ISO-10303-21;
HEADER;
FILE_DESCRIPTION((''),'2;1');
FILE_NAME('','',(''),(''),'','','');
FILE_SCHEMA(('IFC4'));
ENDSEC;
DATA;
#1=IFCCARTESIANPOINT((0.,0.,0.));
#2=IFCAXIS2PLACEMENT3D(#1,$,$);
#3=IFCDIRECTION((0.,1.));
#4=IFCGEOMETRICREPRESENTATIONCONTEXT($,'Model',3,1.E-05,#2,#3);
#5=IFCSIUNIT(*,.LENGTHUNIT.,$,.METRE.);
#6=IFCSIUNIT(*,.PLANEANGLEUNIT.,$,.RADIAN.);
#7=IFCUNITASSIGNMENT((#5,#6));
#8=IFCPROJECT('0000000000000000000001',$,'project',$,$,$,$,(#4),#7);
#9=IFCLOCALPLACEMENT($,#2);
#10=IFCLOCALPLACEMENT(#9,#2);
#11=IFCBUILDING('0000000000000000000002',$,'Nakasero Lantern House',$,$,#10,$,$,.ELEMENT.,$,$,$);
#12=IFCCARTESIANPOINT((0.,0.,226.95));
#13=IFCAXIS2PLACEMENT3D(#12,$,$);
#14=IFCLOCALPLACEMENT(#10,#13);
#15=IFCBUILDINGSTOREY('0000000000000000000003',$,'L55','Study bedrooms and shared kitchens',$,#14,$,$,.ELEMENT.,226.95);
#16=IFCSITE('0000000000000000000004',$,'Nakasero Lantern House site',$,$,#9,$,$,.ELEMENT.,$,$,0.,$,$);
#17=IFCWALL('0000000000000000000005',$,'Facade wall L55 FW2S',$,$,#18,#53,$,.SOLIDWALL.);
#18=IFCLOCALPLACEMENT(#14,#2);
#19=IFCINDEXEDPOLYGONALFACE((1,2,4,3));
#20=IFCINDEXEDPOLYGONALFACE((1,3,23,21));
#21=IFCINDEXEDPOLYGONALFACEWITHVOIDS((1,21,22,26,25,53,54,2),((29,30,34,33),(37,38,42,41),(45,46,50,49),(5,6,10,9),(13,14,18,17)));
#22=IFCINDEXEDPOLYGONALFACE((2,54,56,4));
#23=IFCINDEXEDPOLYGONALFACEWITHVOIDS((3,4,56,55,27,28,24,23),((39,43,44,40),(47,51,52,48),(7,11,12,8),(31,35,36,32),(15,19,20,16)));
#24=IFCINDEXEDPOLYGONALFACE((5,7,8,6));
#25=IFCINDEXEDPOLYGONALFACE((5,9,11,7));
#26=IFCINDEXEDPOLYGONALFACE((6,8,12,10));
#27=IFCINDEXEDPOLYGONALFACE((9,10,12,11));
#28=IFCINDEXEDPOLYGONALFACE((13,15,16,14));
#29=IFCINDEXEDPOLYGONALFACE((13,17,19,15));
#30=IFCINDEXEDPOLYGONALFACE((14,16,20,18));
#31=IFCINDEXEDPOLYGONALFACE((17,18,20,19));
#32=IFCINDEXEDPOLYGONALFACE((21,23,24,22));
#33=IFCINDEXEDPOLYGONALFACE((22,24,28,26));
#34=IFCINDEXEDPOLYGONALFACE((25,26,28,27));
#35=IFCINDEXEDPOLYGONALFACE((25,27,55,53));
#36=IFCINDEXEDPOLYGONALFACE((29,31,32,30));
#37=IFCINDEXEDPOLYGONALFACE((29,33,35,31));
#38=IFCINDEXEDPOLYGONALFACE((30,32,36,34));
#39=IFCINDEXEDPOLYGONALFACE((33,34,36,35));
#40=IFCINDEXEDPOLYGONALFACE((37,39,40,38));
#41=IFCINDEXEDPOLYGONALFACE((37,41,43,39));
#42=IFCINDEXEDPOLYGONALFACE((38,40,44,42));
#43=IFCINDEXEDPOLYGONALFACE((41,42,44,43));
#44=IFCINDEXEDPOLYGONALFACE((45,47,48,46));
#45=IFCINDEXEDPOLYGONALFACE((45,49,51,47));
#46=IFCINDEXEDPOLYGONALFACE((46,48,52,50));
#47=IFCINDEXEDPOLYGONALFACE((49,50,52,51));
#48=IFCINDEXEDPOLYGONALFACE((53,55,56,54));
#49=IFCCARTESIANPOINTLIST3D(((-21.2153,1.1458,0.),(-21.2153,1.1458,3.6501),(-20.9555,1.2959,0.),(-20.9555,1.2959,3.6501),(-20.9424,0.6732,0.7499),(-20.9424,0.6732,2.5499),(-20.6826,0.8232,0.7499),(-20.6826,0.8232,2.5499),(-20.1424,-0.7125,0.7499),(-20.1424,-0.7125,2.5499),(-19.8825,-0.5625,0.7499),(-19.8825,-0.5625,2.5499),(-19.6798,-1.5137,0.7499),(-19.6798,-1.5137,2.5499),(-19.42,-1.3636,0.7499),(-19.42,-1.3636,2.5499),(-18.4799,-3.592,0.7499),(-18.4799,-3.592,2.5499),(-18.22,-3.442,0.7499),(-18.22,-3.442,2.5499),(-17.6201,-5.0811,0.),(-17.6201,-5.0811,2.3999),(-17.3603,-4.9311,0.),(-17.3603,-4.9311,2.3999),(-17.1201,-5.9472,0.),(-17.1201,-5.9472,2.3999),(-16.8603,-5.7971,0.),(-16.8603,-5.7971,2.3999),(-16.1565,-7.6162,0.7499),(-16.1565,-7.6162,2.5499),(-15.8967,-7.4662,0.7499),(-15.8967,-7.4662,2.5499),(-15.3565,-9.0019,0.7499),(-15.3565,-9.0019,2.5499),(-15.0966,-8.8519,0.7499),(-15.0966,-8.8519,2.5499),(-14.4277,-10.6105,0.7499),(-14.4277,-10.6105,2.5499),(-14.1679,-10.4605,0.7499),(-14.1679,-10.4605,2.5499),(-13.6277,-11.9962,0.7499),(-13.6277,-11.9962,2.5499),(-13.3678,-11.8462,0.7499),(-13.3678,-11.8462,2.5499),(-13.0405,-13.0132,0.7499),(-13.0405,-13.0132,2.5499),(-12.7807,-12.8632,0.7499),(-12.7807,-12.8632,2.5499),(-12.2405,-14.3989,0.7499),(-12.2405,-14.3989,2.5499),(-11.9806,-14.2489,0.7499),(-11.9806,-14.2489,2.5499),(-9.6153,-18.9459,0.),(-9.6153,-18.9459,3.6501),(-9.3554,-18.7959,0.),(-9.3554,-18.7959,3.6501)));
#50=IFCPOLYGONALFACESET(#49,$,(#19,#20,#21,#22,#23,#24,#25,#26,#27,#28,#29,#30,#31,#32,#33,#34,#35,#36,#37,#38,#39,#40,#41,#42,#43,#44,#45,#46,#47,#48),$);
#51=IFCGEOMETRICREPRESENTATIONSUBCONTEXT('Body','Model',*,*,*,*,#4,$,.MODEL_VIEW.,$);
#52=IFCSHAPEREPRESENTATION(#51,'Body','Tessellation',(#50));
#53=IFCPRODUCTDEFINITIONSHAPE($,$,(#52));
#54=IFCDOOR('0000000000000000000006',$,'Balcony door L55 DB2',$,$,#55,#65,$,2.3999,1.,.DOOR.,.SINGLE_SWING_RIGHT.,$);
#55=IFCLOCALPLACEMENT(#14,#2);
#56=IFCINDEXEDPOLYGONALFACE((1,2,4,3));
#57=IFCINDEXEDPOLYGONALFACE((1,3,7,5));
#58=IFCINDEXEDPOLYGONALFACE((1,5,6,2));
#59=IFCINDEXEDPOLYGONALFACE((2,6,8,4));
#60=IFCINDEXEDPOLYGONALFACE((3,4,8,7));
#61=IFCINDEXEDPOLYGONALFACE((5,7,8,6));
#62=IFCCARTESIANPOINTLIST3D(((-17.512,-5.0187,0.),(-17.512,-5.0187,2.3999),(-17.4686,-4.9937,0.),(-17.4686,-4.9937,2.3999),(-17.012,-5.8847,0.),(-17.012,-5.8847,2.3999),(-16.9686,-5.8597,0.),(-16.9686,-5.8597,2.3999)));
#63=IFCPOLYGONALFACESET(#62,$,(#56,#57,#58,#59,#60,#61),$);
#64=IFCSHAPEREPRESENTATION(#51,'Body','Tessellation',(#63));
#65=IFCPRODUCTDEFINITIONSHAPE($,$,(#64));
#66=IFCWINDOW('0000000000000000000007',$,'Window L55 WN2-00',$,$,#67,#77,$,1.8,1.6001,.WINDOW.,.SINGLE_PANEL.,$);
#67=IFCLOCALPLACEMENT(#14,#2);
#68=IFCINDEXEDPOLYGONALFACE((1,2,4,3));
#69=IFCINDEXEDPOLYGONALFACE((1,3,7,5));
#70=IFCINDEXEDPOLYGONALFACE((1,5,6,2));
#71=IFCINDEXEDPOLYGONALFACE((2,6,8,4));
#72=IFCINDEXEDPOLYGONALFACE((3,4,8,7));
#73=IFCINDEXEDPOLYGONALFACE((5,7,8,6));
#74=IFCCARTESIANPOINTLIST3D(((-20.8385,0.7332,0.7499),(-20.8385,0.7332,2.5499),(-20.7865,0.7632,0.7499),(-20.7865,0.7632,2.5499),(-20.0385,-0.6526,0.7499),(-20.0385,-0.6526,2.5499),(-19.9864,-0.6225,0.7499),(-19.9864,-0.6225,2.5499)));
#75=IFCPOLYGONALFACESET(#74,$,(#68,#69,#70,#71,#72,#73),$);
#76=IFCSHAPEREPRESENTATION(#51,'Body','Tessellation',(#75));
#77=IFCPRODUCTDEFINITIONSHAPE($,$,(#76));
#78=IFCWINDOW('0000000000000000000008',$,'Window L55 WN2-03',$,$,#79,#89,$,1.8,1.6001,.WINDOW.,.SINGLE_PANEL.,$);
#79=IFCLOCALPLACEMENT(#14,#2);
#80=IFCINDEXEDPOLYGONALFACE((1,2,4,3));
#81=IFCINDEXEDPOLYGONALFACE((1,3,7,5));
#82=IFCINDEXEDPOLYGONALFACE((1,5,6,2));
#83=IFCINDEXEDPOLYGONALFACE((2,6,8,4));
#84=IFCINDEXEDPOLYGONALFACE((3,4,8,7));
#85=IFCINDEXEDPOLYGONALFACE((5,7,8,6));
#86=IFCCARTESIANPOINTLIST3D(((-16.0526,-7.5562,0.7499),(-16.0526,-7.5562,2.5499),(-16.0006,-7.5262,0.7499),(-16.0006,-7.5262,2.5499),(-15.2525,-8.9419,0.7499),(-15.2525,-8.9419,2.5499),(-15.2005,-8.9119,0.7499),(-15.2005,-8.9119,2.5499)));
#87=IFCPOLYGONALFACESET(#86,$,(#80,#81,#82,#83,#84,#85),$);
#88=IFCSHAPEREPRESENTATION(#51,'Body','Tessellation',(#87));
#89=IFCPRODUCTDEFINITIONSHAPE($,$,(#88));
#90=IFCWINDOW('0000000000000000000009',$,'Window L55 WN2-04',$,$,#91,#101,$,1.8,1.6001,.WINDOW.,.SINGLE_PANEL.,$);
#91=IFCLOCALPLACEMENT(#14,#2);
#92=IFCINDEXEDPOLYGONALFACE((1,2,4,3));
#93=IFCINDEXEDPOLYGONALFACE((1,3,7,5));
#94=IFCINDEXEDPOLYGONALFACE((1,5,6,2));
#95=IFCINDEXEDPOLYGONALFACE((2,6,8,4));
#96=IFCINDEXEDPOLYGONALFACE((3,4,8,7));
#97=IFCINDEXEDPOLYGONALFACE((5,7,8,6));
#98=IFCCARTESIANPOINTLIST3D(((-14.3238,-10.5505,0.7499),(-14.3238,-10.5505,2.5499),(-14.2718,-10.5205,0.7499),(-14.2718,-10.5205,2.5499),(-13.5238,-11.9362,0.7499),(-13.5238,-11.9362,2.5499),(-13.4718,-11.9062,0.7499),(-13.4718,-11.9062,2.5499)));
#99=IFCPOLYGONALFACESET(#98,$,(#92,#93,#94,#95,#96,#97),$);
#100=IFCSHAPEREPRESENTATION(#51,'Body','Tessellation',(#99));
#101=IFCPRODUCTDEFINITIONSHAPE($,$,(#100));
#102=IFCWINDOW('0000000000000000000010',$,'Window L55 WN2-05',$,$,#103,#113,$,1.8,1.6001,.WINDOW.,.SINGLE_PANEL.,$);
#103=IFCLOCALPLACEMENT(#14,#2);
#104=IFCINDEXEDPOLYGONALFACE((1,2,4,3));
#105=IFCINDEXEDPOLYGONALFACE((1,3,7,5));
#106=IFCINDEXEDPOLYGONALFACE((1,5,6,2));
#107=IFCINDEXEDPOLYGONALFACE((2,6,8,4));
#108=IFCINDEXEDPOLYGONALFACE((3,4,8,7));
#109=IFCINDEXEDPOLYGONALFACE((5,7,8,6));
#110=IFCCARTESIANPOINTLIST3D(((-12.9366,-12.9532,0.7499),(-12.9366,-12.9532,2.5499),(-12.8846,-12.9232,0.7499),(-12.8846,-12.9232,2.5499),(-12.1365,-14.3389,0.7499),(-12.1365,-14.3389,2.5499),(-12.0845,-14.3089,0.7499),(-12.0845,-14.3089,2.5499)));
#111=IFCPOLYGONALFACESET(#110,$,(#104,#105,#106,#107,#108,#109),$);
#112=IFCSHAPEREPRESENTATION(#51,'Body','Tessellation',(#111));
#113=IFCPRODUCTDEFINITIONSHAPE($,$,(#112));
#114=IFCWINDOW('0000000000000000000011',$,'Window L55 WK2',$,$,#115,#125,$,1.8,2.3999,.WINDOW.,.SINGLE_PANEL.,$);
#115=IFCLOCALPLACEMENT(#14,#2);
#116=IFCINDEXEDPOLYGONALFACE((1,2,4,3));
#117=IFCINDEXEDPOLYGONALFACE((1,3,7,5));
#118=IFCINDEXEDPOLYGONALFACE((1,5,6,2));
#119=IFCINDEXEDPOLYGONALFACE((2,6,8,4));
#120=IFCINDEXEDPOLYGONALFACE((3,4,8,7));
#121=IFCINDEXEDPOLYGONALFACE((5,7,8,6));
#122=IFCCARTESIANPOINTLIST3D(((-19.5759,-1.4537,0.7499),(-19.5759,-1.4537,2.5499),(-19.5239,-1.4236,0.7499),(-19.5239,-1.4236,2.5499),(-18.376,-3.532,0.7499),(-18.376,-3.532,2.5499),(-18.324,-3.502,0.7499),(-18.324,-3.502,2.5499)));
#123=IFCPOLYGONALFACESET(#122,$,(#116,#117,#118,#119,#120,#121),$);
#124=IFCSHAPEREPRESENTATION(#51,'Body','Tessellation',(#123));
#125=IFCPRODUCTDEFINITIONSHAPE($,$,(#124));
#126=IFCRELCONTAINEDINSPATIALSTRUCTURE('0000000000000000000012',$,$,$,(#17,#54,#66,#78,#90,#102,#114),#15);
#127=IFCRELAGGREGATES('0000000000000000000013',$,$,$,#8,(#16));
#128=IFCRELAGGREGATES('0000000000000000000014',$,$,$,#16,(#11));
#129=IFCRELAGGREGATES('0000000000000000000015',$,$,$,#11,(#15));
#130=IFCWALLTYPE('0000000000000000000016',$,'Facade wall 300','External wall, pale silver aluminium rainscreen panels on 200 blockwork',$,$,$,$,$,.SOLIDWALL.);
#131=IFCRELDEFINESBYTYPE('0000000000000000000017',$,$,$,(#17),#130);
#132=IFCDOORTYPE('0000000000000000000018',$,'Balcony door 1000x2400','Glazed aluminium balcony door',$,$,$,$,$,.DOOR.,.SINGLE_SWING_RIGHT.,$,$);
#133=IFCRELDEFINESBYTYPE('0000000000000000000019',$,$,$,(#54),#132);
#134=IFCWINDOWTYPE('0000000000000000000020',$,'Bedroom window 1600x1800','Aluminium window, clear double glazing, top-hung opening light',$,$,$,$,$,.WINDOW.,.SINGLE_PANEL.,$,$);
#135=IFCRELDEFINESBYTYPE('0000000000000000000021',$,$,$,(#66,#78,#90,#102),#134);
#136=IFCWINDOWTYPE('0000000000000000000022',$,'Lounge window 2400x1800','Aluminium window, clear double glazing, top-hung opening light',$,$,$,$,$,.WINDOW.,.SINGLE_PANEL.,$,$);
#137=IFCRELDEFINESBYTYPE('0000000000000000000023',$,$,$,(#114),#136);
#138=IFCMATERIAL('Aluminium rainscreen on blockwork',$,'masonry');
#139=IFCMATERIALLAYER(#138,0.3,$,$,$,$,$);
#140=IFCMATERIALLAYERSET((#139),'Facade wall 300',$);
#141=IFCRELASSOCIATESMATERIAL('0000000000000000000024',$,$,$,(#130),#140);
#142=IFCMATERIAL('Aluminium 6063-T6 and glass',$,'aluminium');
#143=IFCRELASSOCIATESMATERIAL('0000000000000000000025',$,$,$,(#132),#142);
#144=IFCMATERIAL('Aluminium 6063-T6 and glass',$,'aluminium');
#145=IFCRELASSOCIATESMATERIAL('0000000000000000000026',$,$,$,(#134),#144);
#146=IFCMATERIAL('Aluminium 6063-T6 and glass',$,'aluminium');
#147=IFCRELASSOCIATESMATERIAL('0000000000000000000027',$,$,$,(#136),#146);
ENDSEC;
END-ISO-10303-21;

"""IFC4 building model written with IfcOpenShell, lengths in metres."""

from ifc_helpers import new_model, si_unit, direction, frame, frame_2d, origin, place, context, subcontext, project, spatial, rectangle, extrude, material, layer, layer_set, type_object, element, fill, save


model = new_model("IFC4")

# Units and contexts
model_context = context("Model", 3, precision=1e-05, world=origin(), true_north=direction((0.0, 1.0)))
body_context = subcontext(model_context, "Body", "Model", "MODEL_VIEW")
ifc_project = project(units=[si_unit("LENGTHUNIT", "METRE"), si_unit("PLANEANGLEUNIT", "RADIAN")], contexts=[model_context])

# Site, building, storey
site_placement = place(None, origin())
site = spatial("IfcSite", under=ifc_project, at=site_placement, Name="Nakasero Lantern House site", CompositionType="ELEMENT", RefElevation=0.0)
building_placement = place(site_placement, origin())
building = spatial("IfcBuilding", under=site, at=building_placement, Name="Nakasero Lantern House", CompositionType="ELEMENT")
storey_placement = place(building_placement, frame((0.0, 0.0, 226.95)))
storey = spatial("IfcBuildingStorey", under=building, at=storey_placement, Name="L55", Description="Study bedrooms and shared kitchens", CompositionType="ELEMENT", Elevation=226.95)

# Shared definitions
ifc_material_1 = material(Name="Aluminium rainscreen on blockwork", Category="masonry")
ifc_layer_1 = layer(ifc_material_1, 0.3)
ifc_layer_set_1 = layer_set([ifc_layer_1], Name="Facade wall 300")
wall_type_1 = type_object("IfcWallType", Name="Facade wall 300", Description="External wall, pale silver aluminium rainscreen panels on 200 blockwork", PredefinedType="SOLIDWALL", material=ifc_layer_set_1)

# Wall, openings, door, windows
wall_1_placement = place(storey_placement, frame((-21.0854, 1.2209, 0.0), z_axis=(0.0, 0.0, 1.0), x_axis=(0.500003, -0.866024, 0.0)))
wall_1 = element("IfcWall", 1, at=wall_1_placement, inside=storey, type_object=wall_type_1, Name="Facade wall L55 FW2S", PredefinedType="SOLIDWALL", context=body_context, shape_type="SweptSolid", body=[
    extrude(rectangle(XDim=23.2, YDim=0.3, at=frame_2d((11.6001, 0.0))), origin(), (0.0, 0.0, 1.0), 3.6501),
])
opening_1_placement = place(wall_1_placement, frame((0.5459, 0.0, 0.75)))
opening_1 = element("IfcOpeningElement", 2, at=opening_1_placement, cuts=wall_1, PredefinedType="OPENING", context=body_context, shape_type="SweptSolid", body=[
    extrude(rectangle(XDim=1.6001, YDim=1.8, at=frame_2d((0.8, 0.8999))), frame((0.0, 0.1699, 0.0), z_axis=(0.0, -1.0, 0.0), x_axis=(1.0, 0.0, 0.0)), (0.0, 0.0, 1.0), 0.3401),
])
opening_2_placement = place(wall_1_placement, frame((10.1177, 0.0, 0.75)))
opening_2 = element("IfcOpeningElement", 3, at=opening_2_placement, cuts=wall_1, PredefinedType="OPENING", context=body_context, shape_type="SweptSolid", body=[
    extrude(rectangle(XDim=1.6001, YDim=1.8, at=frame_2d((0.8, 0.8999))), frame((0.0, 0.1699, 0.0), z_axis=(0.0, -1.0, 0.0), x_axis=(1.0, 0.0, 0.0)), (0.0, 0.0, 1.0), 0.3401),
])
opening_3_placement = place(wall_1_placement, frame((13.5752, 0.0, 0.75)))
opening_3 = element("IfcOpeningElement", 4, at=opening_3_placement, cuts=wall_1, PredefinedType="OPENING", context=body_context, shape_type="SweptSolid", body=[
    extrude(rectangle(XDim=1.6001, YDim=1.8, at=frame_2d((0.8, 0.8999))), frame((0.0, 0.1699, 0.0), z_axis=(0.0, -1.0, 0.0), x_axis=(1.0, 0.0, 0.0)), (0.0, 0.0, 1.0), 0.3401),
])
opening_4_placement = place(wall_1_placement, frame((16.3496, 0.0, 0.75)))
opening_4 = element("IfcOpeningElement", 5, at=opening_4_placement, cuts=wall_1, PredefinedType="OPENING", context=body_context, shape_type="SweptSolid", body=[
    extrude(rectangle(XDim=1.6001, YDim=1.8, at=frame_2d((0.8, 0.8999))), frame((0.0, 0.1699, 0.0), z_axis=(0.0, -1.0, 0.0), x_axis=(1.0, 0.0, 0.0)), (0.0, 0.0, 1.0), 0.3401),
])
opening_5_placement = place(wall_1_placement, frame((3.071, 0.0, 0.75)))
opening_5 = element("IfcOpeningElement", 6, at=opening_5_placement, cuts=wall_1, PredefinedType="OPENING", context=body_context, shape_type="SweptSolid", body=[
    extrude(rectangle(XDim=2.3999, YDim=1.8, at=frame_2d((1.2, 0.8999))), frame((0.0, 0.1699, 0.0), z_axis=(0.0, -1.0, 0.0), x_axis=(1.0, 0.0, 0.0)), (0.0, 0.0, 1.0), 0.3401),
])
opening_6_placement = place(wall_1_placement, frame((7.1904, 0.0, 0.0)))
opening_6 = element("IfcOpeningElement", 7, at=opening_6_placement, cuts=wall_1, PredefinedType="OPENING", context=body_context, shape_type="SweptSolid", body=[
    extrude(rectangle(XDim=1.0, YDim=2.3999, at=frame_2d((0.5, 1.2))), frame((0.0, 0.1699, 0.0), z_axis=(0.0, -1.0, 0.0), x_axis=(1.0, 0.0, 0.0)), (0.0, 0.0, 1.0), 0.3401),
])
ifc_material_2 = material(Name="Aluminium 6063-T6 and glass", Category="aluminium")
door_type_1 = type_object("IfcDoorType", Name="Balcony door 1000x2400", Description="Glazed aluminium balcony door", OperationType="SINGLE_SWING_RIGHT", PredefinedType="DOOR", material=ifc_material_2)
door_1_placement = place(opening_6_placement, origin())
door_1 = element("IfcDoor", 8, at=door_1_placement, inside=storey, type_object=door_type_1, Name="Balcony door L55 DB2", OperationType="SINGLE_SWING_RIGHT", OverallHeight=2.3999, OverallWidth=1.0, PredefinedType="DOOR", context=body_context, shape_type="SweptSolid", body=[
    extrude(rectangle(XDim=1.0, YDim=2.3999, at=frame_2d((0.5, 1.2))), frame((0.0, 0.0249, 0.0), z_axis=(0.0, -1.0, 0.0), x_axis=(1.0, 0.0, 0.0)), (0.0, 0.0, 1.0), 0.05),
])
fill(opening_6, door_1)
ifc_material_3 = material(Name="Aluminium 6063-T6 and glass", Category="aluminium")
window_type_1 = type_object("IfcWindowType", Name="Bedroom window 1600x1800", Description="Aluminium window, clear double glazing, top-hung opening light", PartitioningType="SINGLE_PANEL", PredefinedType="WINDOW", material=ifc_material_3)
window_1_placement = place(opening_1_placement, origin())
window_1 = element("IfcWindow", 9, at=window_1_placement, inside=storey, type_object=window_type_1, Name="Window L55 WN2-00", OverallHeight=1.8, OverallWidth=1.6001, PartitioningType="SINGLE_PANEL", PredefinedType="WINDOW", context=body_context, shape_type="SweptSolid", body=[
    extrude(rectangle(XDim=1.6001, YDim=1.8, at=frame_2d((0.8, 0.8999))), frame((0.0, 0.03, 0.0), z_axis=(0.0, -1.0, 0.0), x_axis=(1.0, 0.0, 0.0)), (0.0, 0.0, 1.0), 0.0601),
])
fill(opening_1, window_1)
window_2_placement = place(opening_2_placement, origin())
window_2 = element("IfcWindow", 10, at=window_2_placement, inside=storey, type_object=window_type_1, Name="Window L55 WN2-03", OverallHeight=1.8, OverallWidth=1.6001, PartitioningType="SINGLE_PANEL", PredefinedType="WINDOW", context=body_context, shape_type="SweptSolid", body=[
    extrude(rectangle(XDim=1.6001, YDim=1.8, at=frame_2d((0.8, 0.8999))), frame((0.0, 0.03, 0.0), z_axis=(0.0, -1.0, 0.0), x_axis=(1.0, 0.0, 0.0)), (0.0, 0.0, 1.0), 0.0601),
])
fill(opening_2, window_2)
window_3_placement = place(opening_3_placement, origin())
window_3 = element("IfcWindow", 11, at=window_3_placement, inside=storey, type_object=window_type_1, Name="Window L55 WN2-04", OverallHeight=1.8, OverallWidth=1.6001, PartitioningType="SINGLE_PANEL", PredefinedType="WINDOW", context=body_context, shape_type="SweptSolid", body=[
    extrude(rectangle(XDim=1.6001, YDim=1.8, at=frame_2d((0.8, 0.8999))), frame((0.0, 0.03, 0.0), z_axis=(0.0, -1.0, 0.0), x_axis=(1.0, 0.0, 0.0)), (0.0, 0.0, 1.0), 0.0601),
])
fill(opening_3, window_3)
window_4_placement = place(opening_4_placement, origin())
window_4 = element("IfcWindow", 12, at=window_4_placement, inside=storey, type_object=window_type_1, Name="Window L55 WN2-05", OverallHeight=1.8, OverallWidth=1.6001, PartitioningType="SINGLE_PANEL", PredefinedType="WINDOW", context=body_context, shape_type="SweptSolid", body=[
    extrude(rectangle(XDim=1.6001, YDim=1.8, at=frame_2d((0.8, 0.8999))), frame((0.0, 0.03, 0.0), z_axis=(0.0, -1.0, 0.0), x_axis=(1.0, 0.0, 0.0)), (0.0, 0.0, 1.0), 0.0601),
])
fill(opening_4, window_4)
ifc_material_4 = material(Name="Aluminium 6063-T6 and glass", Category="aluminium")
window_type_2 = type_object("IfcWindowType", Name="Lounge window 2400x1800", Description="Aluminium window, clear double glazing, top-hung opening light", PartitioningType="SINGLE_PANEL", PredefinedType="WINDOW", material=ifc_material_4)
window_5_placement = place(opening_5_placement, origin())
window_5 = element("IfcWindow", 13, at=window_5_placement, inside=storey, type_object=window_type_2, Name="Window L55 WK2", OverallHeight=1.8, OverallWidth=2.3999, PartitioningType="SINGLE_PANEL", PredefinedType="WINDOW", context=body_context, shape_type="SweptSolid", body=[
    extrude(rectangle(XDim=2.3999, YDim=1.8, at=frame_2d((1.2, 0.8999))), frame((0.0, 0.03, 0.0), z_axis=(0.0, -1.0, 0.0), x_axis=(1.0, 0.0, 0.0)), (0.0, 0.0, 1.0), 0.0601),
])
fill(opening_5, window_5)

save(model, "model.ifc")
